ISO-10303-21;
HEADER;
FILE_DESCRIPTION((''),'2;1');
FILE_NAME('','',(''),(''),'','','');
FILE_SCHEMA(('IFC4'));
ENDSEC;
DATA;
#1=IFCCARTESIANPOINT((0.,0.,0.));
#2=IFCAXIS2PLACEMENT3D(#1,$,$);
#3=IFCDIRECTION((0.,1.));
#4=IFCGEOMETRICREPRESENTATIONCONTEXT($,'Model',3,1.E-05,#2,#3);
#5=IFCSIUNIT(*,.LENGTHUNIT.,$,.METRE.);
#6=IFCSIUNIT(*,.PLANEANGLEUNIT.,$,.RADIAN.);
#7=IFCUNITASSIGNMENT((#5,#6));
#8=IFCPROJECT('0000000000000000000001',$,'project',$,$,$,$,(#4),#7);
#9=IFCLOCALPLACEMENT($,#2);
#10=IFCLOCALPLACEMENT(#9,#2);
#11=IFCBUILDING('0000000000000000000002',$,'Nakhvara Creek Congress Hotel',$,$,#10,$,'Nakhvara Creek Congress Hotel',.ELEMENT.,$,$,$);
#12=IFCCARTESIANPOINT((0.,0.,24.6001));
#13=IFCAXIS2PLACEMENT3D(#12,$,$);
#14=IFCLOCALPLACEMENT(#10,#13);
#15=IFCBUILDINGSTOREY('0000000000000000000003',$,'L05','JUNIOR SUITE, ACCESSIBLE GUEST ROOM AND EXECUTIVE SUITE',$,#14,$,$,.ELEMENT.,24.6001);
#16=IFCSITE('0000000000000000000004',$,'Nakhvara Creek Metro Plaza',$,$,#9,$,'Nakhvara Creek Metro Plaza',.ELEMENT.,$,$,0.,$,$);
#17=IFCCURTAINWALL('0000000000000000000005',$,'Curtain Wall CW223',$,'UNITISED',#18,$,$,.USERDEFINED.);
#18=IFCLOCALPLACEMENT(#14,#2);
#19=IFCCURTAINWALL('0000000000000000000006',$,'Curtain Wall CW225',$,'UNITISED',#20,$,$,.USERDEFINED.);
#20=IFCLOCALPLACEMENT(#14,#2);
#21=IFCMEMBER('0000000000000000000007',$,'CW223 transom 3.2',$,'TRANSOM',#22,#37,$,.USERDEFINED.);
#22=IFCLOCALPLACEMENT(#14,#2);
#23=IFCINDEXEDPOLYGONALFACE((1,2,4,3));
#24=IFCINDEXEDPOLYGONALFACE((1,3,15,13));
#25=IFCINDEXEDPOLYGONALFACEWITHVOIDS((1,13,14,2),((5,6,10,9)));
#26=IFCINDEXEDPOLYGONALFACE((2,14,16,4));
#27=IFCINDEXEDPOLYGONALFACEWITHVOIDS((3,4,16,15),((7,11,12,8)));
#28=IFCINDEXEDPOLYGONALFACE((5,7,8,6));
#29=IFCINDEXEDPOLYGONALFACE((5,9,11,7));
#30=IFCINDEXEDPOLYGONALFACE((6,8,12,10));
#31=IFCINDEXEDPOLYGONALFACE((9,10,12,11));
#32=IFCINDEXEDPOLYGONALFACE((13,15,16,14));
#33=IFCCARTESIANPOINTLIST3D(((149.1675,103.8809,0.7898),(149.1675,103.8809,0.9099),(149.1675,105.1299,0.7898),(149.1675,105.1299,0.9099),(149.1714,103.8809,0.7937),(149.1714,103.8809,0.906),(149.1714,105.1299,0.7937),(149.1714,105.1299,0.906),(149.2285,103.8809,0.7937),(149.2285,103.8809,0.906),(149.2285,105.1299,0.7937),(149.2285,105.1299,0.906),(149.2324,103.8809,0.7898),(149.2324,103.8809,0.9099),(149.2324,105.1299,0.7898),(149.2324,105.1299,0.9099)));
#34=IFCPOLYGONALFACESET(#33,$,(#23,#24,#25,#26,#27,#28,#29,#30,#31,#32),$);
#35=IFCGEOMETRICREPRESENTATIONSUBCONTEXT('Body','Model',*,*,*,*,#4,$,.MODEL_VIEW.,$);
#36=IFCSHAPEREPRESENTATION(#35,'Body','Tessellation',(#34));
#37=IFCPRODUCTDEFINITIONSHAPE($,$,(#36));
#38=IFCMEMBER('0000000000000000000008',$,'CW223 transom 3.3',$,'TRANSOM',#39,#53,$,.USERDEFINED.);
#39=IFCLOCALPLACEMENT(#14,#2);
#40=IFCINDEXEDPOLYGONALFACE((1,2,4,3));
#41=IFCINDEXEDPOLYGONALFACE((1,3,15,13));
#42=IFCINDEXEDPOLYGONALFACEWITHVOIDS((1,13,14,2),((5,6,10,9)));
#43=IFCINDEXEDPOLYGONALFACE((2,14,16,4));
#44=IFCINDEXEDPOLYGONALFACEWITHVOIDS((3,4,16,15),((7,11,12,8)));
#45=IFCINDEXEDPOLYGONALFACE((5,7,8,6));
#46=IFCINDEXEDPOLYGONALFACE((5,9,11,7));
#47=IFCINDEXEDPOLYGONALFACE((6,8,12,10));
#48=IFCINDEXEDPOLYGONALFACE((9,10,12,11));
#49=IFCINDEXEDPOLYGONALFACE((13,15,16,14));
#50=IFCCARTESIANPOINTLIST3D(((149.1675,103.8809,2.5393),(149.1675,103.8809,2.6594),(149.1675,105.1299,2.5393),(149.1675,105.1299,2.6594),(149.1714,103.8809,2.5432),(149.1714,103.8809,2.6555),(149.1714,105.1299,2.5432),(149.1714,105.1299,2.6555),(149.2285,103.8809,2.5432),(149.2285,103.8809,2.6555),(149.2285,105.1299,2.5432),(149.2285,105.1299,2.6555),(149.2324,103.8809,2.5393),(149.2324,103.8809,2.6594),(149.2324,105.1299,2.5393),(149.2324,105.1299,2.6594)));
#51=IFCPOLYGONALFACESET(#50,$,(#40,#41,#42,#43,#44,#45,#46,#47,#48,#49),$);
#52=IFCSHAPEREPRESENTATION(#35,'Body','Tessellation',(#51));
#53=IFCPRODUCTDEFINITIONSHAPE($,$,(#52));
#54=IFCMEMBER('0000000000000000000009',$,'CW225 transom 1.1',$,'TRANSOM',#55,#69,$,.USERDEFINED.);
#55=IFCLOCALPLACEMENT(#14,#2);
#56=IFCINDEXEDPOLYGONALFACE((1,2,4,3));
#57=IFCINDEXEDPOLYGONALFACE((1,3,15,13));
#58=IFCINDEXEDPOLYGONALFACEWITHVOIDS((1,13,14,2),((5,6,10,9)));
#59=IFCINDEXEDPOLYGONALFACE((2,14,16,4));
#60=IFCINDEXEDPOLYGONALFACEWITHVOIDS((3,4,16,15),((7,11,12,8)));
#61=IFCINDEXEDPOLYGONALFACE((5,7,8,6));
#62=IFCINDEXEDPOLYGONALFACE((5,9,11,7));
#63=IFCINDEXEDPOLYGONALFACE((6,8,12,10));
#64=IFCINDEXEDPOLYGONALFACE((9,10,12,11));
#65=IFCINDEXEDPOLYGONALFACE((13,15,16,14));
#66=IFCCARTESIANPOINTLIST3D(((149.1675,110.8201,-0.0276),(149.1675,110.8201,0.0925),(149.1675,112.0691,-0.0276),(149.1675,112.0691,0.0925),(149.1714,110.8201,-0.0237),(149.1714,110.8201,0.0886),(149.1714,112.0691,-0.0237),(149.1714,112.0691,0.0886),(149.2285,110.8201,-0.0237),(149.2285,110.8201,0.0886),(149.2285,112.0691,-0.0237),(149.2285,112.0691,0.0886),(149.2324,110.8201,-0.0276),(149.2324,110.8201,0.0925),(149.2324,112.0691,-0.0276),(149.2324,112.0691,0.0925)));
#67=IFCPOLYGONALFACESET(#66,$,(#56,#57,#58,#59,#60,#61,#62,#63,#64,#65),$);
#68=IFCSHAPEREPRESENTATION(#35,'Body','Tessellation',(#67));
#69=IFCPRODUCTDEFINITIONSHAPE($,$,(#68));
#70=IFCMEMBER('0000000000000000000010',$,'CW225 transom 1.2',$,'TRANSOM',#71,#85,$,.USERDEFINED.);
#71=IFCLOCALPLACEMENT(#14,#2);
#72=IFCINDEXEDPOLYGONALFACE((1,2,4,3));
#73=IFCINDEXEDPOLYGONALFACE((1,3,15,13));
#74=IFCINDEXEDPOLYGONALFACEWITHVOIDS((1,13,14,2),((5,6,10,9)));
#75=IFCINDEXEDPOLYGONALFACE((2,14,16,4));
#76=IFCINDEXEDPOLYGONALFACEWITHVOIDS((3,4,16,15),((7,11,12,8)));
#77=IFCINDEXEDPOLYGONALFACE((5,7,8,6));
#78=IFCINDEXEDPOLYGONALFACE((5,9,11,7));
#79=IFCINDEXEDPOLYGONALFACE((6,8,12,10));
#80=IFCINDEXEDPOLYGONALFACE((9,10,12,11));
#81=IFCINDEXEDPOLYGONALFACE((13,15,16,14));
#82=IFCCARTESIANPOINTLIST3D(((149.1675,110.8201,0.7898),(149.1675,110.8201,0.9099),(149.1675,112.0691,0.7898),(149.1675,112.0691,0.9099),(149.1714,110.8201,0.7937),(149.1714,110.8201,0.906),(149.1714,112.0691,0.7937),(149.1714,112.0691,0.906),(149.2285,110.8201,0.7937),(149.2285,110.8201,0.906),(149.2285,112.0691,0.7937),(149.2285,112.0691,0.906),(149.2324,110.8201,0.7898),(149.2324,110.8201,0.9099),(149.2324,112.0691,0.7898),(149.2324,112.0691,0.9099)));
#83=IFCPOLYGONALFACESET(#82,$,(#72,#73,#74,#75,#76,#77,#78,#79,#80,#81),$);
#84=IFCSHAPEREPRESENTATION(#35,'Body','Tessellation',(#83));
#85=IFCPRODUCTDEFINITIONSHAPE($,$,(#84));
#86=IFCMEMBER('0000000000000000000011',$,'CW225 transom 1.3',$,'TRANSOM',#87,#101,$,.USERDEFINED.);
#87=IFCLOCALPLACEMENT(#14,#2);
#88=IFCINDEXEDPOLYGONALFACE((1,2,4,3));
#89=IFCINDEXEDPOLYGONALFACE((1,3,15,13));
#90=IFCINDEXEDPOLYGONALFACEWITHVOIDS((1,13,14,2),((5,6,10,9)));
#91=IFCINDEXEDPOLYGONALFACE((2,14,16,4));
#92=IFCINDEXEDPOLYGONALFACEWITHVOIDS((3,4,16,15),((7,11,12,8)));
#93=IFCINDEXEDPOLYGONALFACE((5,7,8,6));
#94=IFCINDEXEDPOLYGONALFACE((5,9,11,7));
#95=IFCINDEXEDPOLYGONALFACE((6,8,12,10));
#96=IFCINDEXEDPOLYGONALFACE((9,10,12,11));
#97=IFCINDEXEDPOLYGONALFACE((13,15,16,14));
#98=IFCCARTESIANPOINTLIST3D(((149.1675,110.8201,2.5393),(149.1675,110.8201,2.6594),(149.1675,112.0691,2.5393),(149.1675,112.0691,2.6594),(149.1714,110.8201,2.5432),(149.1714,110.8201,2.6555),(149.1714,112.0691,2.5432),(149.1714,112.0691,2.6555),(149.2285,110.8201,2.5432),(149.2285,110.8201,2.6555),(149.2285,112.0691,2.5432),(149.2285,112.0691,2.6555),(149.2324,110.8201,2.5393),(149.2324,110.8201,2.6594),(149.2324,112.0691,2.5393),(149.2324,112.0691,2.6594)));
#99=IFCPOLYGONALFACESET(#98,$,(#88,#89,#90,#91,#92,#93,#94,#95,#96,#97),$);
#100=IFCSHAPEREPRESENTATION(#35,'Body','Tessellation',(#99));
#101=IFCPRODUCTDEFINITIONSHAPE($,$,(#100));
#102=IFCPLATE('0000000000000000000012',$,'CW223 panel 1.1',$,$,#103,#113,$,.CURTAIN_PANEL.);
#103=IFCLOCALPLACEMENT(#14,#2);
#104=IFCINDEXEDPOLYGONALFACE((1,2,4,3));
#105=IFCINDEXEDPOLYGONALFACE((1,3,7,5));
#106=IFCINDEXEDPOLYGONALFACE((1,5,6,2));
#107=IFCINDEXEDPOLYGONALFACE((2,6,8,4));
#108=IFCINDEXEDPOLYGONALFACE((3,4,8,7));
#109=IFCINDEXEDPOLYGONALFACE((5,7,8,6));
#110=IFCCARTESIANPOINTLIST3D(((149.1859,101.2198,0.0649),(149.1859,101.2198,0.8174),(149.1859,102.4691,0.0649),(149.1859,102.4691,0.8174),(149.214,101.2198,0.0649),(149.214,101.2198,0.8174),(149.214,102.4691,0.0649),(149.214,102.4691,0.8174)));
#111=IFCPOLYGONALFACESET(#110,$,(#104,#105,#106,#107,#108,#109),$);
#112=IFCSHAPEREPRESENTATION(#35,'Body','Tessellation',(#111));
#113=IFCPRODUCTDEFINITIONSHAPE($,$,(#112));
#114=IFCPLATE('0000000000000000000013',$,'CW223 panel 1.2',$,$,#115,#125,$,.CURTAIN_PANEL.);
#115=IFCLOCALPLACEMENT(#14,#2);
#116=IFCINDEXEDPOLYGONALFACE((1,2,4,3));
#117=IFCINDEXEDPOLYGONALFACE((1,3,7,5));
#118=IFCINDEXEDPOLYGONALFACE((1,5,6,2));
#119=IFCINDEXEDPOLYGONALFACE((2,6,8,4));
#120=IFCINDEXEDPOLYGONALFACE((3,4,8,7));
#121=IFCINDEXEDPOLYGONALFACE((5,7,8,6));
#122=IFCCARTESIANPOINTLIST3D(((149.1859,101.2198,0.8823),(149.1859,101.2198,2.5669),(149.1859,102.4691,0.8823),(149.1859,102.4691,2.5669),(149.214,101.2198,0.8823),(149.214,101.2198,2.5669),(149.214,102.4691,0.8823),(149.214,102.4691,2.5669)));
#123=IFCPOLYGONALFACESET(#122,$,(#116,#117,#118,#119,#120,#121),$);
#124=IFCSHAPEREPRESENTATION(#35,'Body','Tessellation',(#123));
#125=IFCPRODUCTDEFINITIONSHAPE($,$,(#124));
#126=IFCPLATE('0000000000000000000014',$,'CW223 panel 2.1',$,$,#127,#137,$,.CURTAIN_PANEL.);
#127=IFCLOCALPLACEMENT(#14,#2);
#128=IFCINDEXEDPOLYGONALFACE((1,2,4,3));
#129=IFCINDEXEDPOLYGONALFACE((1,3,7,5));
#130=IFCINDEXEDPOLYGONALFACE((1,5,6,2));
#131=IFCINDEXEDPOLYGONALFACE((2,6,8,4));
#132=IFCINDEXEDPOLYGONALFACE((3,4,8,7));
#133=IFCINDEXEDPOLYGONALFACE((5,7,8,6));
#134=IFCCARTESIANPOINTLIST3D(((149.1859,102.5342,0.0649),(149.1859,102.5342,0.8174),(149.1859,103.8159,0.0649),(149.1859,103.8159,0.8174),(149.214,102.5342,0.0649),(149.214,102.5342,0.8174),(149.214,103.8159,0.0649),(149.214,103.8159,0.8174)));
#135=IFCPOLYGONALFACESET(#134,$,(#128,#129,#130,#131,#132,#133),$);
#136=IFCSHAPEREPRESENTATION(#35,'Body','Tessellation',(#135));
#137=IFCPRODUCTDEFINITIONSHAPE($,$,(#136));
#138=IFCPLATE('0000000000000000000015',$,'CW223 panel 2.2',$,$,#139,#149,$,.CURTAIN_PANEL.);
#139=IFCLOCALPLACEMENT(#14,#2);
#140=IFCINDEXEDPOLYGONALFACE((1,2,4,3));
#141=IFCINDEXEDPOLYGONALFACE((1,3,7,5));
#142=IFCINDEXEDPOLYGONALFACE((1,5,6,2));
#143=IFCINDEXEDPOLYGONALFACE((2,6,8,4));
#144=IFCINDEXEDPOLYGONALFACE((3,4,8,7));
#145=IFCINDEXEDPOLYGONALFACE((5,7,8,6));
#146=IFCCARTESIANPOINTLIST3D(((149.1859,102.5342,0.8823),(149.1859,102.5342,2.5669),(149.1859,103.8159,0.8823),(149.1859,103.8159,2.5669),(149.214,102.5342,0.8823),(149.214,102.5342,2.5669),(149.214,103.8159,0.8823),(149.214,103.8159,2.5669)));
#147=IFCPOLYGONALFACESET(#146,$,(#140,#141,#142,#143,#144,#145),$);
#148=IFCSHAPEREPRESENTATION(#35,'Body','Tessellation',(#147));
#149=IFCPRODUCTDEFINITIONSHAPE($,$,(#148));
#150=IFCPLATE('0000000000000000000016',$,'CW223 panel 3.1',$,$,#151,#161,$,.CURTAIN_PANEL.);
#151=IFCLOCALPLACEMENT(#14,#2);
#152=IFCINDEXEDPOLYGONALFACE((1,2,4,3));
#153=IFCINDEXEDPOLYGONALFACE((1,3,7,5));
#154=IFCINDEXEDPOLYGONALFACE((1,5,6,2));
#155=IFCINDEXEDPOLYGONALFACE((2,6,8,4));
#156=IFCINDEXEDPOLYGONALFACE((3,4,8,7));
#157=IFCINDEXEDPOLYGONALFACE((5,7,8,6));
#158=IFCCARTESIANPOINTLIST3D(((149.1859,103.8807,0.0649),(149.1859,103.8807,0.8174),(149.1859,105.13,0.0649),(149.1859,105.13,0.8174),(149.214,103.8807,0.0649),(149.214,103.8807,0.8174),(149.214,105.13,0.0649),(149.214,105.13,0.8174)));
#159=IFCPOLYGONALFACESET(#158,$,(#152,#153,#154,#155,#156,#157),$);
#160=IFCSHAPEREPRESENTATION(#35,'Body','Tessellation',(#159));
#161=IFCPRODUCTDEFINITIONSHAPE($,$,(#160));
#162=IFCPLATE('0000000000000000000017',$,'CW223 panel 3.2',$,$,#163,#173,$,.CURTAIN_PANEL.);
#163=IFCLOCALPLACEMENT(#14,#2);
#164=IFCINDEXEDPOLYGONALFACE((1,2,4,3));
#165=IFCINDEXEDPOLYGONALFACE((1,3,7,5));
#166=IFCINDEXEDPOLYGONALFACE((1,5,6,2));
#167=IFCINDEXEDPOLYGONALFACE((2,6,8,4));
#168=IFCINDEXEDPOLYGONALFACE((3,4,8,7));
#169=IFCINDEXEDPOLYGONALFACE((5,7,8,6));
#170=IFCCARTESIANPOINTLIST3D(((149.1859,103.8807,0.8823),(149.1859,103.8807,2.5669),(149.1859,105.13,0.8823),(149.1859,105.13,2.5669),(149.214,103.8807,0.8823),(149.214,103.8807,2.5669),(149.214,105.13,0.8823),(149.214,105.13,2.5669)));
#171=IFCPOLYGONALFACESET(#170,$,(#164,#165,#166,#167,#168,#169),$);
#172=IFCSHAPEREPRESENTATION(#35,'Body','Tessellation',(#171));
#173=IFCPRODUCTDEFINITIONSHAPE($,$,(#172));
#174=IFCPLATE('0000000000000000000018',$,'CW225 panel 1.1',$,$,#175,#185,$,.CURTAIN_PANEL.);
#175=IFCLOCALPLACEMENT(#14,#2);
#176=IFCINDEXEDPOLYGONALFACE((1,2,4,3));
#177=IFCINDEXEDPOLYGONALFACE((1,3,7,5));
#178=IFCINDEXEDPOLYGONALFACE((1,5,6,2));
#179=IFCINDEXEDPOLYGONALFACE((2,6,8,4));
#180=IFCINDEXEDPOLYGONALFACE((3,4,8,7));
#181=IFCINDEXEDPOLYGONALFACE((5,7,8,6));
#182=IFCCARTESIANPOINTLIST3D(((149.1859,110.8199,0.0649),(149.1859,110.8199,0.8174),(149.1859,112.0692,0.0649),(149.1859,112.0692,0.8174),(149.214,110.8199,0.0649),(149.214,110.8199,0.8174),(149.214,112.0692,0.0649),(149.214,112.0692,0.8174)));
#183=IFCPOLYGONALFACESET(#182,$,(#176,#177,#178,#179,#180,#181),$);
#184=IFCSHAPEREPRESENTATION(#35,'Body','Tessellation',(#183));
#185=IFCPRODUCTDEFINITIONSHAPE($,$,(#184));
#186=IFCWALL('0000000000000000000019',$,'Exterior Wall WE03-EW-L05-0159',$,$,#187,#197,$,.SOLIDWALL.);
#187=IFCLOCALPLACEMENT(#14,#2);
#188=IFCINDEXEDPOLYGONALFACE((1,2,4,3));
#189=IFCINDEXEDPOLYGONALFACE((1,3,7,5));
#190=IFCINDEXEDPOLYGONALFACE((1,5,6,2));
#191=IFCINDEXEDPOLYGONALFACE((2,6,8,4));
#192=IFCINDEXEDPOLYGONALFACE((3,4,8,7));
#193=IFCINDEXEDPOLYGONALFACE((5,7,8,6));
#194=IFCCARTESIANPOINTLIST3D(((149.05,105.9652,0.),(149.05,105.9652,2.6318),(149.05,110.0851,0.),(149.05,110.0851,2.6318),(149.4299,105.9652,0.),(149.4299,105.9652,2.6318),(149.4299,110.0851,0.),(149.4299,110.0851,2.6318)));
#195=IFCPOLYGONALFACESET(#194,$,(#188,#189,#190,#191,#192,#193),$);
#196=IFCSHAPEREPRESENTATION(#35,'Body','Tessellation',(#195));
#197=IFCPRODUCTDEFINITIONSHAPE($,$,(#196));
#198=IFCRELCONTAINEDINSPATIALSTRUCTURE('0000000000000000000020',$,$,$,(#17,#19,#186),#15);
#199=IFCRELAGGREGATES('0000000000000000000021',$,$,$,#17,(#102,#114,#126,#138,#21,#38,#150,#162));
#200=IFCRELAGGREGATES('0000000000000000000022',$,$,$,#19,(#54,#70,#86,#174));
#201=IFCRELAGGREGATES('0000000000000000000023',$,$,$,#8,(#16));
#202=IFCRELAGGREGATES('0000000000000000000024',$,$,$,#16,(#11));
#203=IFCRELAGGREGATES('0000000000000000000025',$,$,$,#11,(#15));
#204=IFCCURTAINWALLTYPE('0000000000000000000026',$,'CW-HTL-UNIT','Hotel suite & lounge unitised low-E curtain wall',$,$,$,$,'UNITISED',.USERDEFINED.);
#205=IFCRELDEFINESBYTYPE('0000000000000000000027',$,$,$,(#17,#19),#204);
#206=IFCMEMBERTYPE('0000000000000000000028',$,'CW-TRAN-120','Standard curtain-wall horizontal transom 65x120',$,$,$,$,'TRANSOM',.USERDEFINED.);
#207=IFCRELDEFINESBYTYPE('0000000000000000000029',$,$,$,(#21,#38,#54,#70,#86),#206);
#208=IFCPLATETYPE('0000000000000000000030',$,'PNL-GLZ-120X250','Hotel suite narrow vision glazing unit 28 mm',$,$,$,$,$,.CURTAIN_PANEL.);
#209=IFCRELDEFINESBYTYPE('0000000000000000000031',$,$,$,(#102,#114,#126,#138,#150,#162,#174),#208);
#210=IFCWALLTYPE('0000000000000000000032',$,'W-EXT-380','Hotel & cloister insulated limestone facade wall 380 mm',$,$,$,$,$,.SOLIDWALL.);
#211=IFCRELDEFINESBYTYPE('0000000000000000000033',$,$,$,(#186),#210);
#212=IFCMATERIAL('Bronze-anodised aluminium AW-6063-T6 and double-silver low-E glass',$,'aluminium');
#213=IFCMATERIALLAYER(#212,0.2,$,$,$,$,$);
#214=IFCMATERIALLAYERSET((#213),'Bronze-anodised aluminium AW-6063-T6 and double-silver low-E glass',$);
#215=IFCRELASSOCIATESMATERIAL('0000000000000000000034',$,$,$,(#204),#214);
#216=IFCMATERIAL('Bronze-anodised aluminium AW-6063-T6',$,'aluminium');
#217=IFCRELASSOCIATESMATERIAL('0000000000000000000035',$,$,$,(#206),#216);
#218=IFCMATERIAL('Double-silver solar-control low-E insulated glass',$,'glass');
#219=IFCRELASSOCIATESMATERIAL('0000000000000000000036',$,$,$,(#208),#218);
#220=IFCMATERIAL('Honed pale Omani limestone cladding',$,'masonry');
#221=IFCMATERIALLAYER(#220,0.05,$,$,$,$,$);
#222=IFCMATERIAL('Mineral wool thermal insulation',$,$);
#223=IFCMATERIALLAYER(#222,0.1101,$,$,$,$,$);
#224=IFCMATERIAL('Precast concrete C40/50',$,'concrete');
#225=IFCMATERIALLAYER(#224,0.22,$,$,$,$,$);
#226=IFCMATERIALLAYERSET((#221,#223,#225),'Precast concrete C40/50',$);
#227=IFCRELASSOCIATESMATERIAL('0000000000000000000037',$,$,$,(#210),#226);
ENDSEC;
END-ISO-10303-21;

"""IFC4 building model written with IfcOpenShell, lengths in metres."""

from ifc_helpers import new_model, si_unit, direction, frame, frame_2d, origin, origin_2d, place, context, subcontext, project, spatial, rectangle, hollow_rectangle, extrude, material, layer, layer_set, material_profile, profile_set, type_object, element, aggregate, save


model = new_model("IFC4")

# Units and contexts
model_context = context("Model", 3, precision=1e-05, world=origin(), true_north=direction((0.0, 1.0)))
body_context = subcontext(model_context, "Body", "Model", "MODEL_VIEW")
ifc_project = project(units=[si_unit("LENGTHUNIT", "METRE"), si_unit("PLANEANGLEUNIT", "RADIAN")], contexts=[model_context])

# Site, building, storey
site_placement = place(None, origin())
site = spatial("IfcSite", under=ifc_project, at=site_placement, Name="Nakhvara Creek Metro Plaza", LongName="Nakhvara Creek Metro Plaza", CompositionType="ELEMENT", RefElevation=0.0)
building_placement = place(site_placement, origin())
building = spatial("IfcBuilding", under=site, at=building_placement, Name="Nakhvara Creek Congress Hotel", LongName="Nakhvara Creek Congress Hotel", CompositionType="ELEMENT")
storey_placement = place(building_placement, frame((0.0, 0.0, 24.6001)))
storey = spatial("IfcBuildingStorey", under=building, at=storey_placement, Name="L05", Description="JUNIOR SUITE, ACCESSIBLE GUEST ROOM AND EXECUTIVE SUITE", CompositionType="ELEMENT", Elevation=24.6001)

# Curtain wall
ifc_material_1 = material(Name="Bronze-anodised aluminium AW-6063-T6 and double-silver low-E glass", Category="aluminium")
ifc_layer_1 = layer(ifc_material_1, 0.2)
ifc_layer_set_1 = layer_set([ifc_layer_1], Name="Bronze-anodised aluminium AW-6063-T6 and double-silver low-E glass")
curtain_wall_type = type_object("IfcCurtainWallType", Name="CW-HTL-UNIT", Description="Hotel suite & lounge unitised low-E curtain wall", ElementType="UNITISED", PredefinedType="USERDEFINED", material=ifc_layer_set_1)
curtain_wall_1_placement = place(storey_placement, origin())
curtain_wall_1 = element("IfcCurtainWall", 1, at=curtain_wall_1_placement, inside=storey, type_object=curtain_wall_type, Name="Curtain Wall CW223", ObjectType="UNITISED", PredefinedType="USERDEFINED")
ifc_material_2 = material(Name="Bronze-anodised aluminium AW-6063-T6", Category="aluminium")

# Curtain wall
curtain_wall_2_placement = place(storey_placement, origin())
curtain_wall_2 = element("IfcCurtainWall", 2, at=curtain_wall_2_placement, inside=storey, type_object=curtain_wall_type, Name="Curtain Wall CW225", ObjectType="UNITISED", PredefinedType="USERDEFINED")

# Members
ifc_material_profile_1 = material_profile(ifc_material_2, hollow_rectangle(XDim=0.0649, YDim=0.1201, WallThickness=0.0039, at=origin_2d()), Name="ALU-TRAN 65x120x4", Category="LoadBearing")
ifc_profile_set_1 = profile_set([ifc_material_profile_1], Name="Bronze-anodised aluminium AW-6063-T6")
member_type_1 = type_object("IfcMemberType", Name="CW-TRAN-120", Description="Standard curtain-wall horizontal transom 65x120", ElementType="TRANSOM", PredefinedType="USERDEFINED", material=ifc_profile_set_1)
member_1_placement = place(storey_placement, frame((149.2, 103.8809, 0.8499), z_axis=(0.0, 1.0, 0.0), x_axis=(-1.0, 0.0, 0.0)))
member_1 = element("IfcMember", 3, at=member_1_placement, type_object=member_type_1, Name="CW223 transom 3.2", ObjectType="TRANSOM", PredefinedType="USERDEFINED", context=body_context, shape_type="SweptSolid", body=[
    extrude(hollow_rectangle(XDim=0.0649, YDim=0.1201, WallThickness=0.0039, at=origin_2d()), origin(), (0.0, 0.0, 1.0), 1.249),
])
member_2_placement = place(storey_placement, frame((149.2, 103.8809, 2.5994), z_axis=(0.0, 1.0, 0.0), x_axis=(-1.0, 0.0, 0.0)))
member_2 = element("IfcMember", 4, at=member_2_placement, type_object=member_type_1, Name="CW223 transom 3.3", ObjectType="TRANSOM", PredefinedType="USERDEFINED", context=body_context, shape_type="SweptSolid", body=[
    extrude(hollow_rectangle(XDim=0.0649, YDim=0.1201, WallThickness=0.0039, at=origin_2d()), origin(), (0.0, 0.0, 1.0), 1.249),
])
member_3_placement = place(storey_placement, frame((149.2, 110.8201, 0.0325), z_axis=(0.0, 1.0, 0.0), x_axis=(-1.0, 0.0, 0.0)))
member_3 = element("IfcMember", 5, at=member_3_placement, type_object=member_type_1, Name="CW225 transom 1.1", ObjectType="TRANSOM", PredefinedType="USERDEFINED", context=body_context, shape_type="SweptSolid", body=[
    extrude(hollow_rectangle(XDim=0.0649, YDim=0.1201, WallThickness=0.0039, at=origin_2d()), origin(), (0.0, 0.0, 1.0), 1.249),
])
member_4_placement = place(storey_placement, frame((149.2, 110.8201, 0.8499), z_axis=(0.0, 1.0, 0.0), x_axis=(-1.0, 0.0, 0.0)))
member_4 = element("IfcMember", 6, at=member_4_placement, type_object=member_type_1, Name="CW225 transom 1.2", ObjectType="TRANSOM", PredefinedType="USERDEFINED", context=body_context, shape_type="SweptSolid", body=[
    extrude(hollow_rectangle(XDim=0.0649, YDim=0.1201, WallThickness=0.0039, at=origin_2d()), origin(), (0.0, 0.0, 1.0), 1.249),
])
member_5_placement = place(storey_placement, frame((149.2, 110.8201, 2.5994), z_axis=(0.0, 1.0, 0.0), x_axis=(-1.0, 0.0, 0.0)))
member_5 = element("IfcMember", 7, at=member_5_placement, type_object=member_type_1, Name="CW225 transom 1.3", ObjectType="TRANSOM", PredefinedType="USERDEFINED", context=body_context, shape_type="SweptSolid", body=[
    extrude(hollow_rectangle(XDim=0.0649, YDim=0.1201, WallThickness=0.0039, at=origin_2d()), origin(), (0.0, 0.0, 1.0), 1.249),
])

# Plates
ifc_material_3 = material(Name="Double-silver solar-control low-E insulated glass", Category="glass")
plate_type = type_object("IfcPlateType", Name="PNL-GLZ-120X250", Description="Hotel suite narrow vision glazing unit 28 mm", PredefinedType="CURTAIN_PANEL", material=ifc_material_3)
plate_1_placement = place(storey_placement, frame((149.2, 101.8445, 0.0649), z_axis=(0.0, 0.0, 1.0), x_axis=(0.0, 1.0, 0.0)))
plate_1 = element("IfcPlate", 8, at=plate_1_placement, type_object=plate_type, Name="CW223 panel 1.1", PredefinedType="CURTAIN_PANEL", context=body_context, shape_type="SweptSolid", body=[
    extrude(rectangle(XDim=1.2493, YDim=0.0281, at=origin_2d()), origin(), (0.0, 0.0, 1.0), 0.7524),
])
plate_2_placement = place(storey_placement, frame((149.2, 101.8445, 0.8823), z_axis=(0.0, 0.0, 1.0), x_axis=(0.0, 1.0, 0.0)))
plate_2 = element("IfcPlate", 9, at=plate_2_placement, type_object=plate_type, Name="CW223 panel 1.2", PredefinedType="CURTAIN_PANEL", context=body_context, shape_type="SweptSolid", body=[
    extrude(rectangle(XDim=1.2493, YDim=0.0281, at=origin_2d()), origin(), (0.0, 0.0, 1.0), 1.6846),
])
plate_3_placement = place(storey_placement, frame((149.2, 103.175, 0.0649), z_axis=(0.0, 0.0, 1.0), x_axis=(0.0, 1.0, 0.0)))
plate_3 = element("IfcPlate", 10, at=plate_3_placement, type_object=plate_type, Name="CW223 panel 2.1", PredefinedType="CURTAIN_PANEL", context=body_context, shape_type="SweptSolid", body=[
    extrude(rectangle(XDim=1.2817, YDim=0.0281, at=origin_2d()), origin(), (0.0, 0.0, 1.0), 0.7524),
])
plate_4_placement = place(storey_placement, frame((149.2, 103.175, 0.8823), z_axis=(0.0, 0.0, 1.0), x_axis=(0.0, 1.0, 0.0)))
plate_4 = element("IfcPlate", 11, at=plate_4_placement, type_object=plate_type, Name="CW223 panel 2.2", PredefinedType="CURTAIN_PANEL", context=body_context, shape_type="SweptSolid", body=[
    extrude(rectangle(XDim=1.2817, YDim=0.0281, at=origin_2d()), origin(), (0.0, 0.0, 1.0), 1.6846),
])
plate_5_placement = place(storey_placement, frame((149.2, 104.5054, 0.0649), z_axis=(0.0, 0.0, 1.0), x_axis=(0.0, 1.0, 0.0)))
plate_5 = element("IfcPlate", 12, at=plate_5_placement, type_object=plate_type, Name="CW223 panel 3.1", PredefinedType="CURTAIN_PANEL", context=body_context, shape_type="SweptSolid", body=[
    extrude(rectangle(XDim=1.2493, YDim=0.0281, at=origin_2d()), origin(), (0.0, 0.0, 1.0), 0.7524),
])
plate_6_placement = place(storey_placement, frame((149.2, 104.5054, 0.8823), z_axis=(0.0, 0.0, 1.0), x_axis=(0.0, 1.0, 0.0)))
plate_6 = element("IfcPlate", 13, at=plate_6_placement, type_object=plate_type, Name="CW223 panel 3.2", PredefinedType="CURTAIN_PANEL", context=body_context, shape_type="SweptSolid", body=[
    extrude(rectangle(XDim=1.2493, YDim=0.0281, at=origin_2d()), origin(), (0.0, 0.0, 1.0), 1.6846),
])
aggregate(curtain_wall_1, [plate_1, plate_2, plate_3, plate_4, member_1, member_2, plate_5, plate_6])
plate_7_placement = place(storey_placement, frame((149.2, 111.4446, 0.0649), z_axis=(0.0, 0.0, 1.0), x_axis=(0.0, 1.0, 0.0)))
plate_7 = element("IfcPlate", 14, at=plate_7_placement, type_object=plate_type, Name="CW225 panel 1.1", PredefinedType="CURTAIN_PANEL", context=body_context, shape_type="SweptSolid", body=[
    extrude(rectangle(XDim=1.2493, YDim=0.0281, at=origin_2d()), origin(), (0.0, 0.0, 1.0), 0.7524),
])
aggregate(curtain_wall_2, [member_3, member_4, member_5, plate_7])

# Wall
ifc_material_4 = material(Name="Honed pale Omani limestone cladding", Category="masonry")
ifc_layer_2 = layer(ifc_material_4, 0.05)
ifc_material_5 = material(Name="Mineral wool thermal insulation")
ifc_layer_3 = layer(ifc_material_5, 0.1101)
ifc_material_6 = material(Name="Precast concrete C40/50", Category="concrete")
ifc_layer_4 = layer(ifc_material_6, 0.22)
ifc_layer_set_2 = layer_set([ifc_layer_2, ifc_layer_3, ifc_layer_4], Name="Precast concrete C40/50")
wall_type = type_object("IfcWallType", Name="W-EXT-380", Description="Hotel & cloister insulated limestone facade wall 380 mm", PredefinedType="SOLIDWALL", material=ifc_layer_set_2)
wall_placement = place(storey_placement, frame((149.24, 105.9651, 0.0), z_axis=(0.0, 0.0, 1.0), x_axis=(0.0, 1.0, 0.0)))
element("IfcWall", 15, at=wall_placement, inside=storey, type_object=wall_type, Name="Exterior Wall WE03-EW-L05-0159", PredefinedType="SOLIDWALL", context=body_context, shape_type="SweptSolid", body=[
    extrude(rectangle(XDim=4.1199, YDim=0.3799, at=frame_2d((2.0601, 0.0))), origin(), (0.0, 0.0, 1.0), 2.6318),
])

save(model, "model.ifc")
